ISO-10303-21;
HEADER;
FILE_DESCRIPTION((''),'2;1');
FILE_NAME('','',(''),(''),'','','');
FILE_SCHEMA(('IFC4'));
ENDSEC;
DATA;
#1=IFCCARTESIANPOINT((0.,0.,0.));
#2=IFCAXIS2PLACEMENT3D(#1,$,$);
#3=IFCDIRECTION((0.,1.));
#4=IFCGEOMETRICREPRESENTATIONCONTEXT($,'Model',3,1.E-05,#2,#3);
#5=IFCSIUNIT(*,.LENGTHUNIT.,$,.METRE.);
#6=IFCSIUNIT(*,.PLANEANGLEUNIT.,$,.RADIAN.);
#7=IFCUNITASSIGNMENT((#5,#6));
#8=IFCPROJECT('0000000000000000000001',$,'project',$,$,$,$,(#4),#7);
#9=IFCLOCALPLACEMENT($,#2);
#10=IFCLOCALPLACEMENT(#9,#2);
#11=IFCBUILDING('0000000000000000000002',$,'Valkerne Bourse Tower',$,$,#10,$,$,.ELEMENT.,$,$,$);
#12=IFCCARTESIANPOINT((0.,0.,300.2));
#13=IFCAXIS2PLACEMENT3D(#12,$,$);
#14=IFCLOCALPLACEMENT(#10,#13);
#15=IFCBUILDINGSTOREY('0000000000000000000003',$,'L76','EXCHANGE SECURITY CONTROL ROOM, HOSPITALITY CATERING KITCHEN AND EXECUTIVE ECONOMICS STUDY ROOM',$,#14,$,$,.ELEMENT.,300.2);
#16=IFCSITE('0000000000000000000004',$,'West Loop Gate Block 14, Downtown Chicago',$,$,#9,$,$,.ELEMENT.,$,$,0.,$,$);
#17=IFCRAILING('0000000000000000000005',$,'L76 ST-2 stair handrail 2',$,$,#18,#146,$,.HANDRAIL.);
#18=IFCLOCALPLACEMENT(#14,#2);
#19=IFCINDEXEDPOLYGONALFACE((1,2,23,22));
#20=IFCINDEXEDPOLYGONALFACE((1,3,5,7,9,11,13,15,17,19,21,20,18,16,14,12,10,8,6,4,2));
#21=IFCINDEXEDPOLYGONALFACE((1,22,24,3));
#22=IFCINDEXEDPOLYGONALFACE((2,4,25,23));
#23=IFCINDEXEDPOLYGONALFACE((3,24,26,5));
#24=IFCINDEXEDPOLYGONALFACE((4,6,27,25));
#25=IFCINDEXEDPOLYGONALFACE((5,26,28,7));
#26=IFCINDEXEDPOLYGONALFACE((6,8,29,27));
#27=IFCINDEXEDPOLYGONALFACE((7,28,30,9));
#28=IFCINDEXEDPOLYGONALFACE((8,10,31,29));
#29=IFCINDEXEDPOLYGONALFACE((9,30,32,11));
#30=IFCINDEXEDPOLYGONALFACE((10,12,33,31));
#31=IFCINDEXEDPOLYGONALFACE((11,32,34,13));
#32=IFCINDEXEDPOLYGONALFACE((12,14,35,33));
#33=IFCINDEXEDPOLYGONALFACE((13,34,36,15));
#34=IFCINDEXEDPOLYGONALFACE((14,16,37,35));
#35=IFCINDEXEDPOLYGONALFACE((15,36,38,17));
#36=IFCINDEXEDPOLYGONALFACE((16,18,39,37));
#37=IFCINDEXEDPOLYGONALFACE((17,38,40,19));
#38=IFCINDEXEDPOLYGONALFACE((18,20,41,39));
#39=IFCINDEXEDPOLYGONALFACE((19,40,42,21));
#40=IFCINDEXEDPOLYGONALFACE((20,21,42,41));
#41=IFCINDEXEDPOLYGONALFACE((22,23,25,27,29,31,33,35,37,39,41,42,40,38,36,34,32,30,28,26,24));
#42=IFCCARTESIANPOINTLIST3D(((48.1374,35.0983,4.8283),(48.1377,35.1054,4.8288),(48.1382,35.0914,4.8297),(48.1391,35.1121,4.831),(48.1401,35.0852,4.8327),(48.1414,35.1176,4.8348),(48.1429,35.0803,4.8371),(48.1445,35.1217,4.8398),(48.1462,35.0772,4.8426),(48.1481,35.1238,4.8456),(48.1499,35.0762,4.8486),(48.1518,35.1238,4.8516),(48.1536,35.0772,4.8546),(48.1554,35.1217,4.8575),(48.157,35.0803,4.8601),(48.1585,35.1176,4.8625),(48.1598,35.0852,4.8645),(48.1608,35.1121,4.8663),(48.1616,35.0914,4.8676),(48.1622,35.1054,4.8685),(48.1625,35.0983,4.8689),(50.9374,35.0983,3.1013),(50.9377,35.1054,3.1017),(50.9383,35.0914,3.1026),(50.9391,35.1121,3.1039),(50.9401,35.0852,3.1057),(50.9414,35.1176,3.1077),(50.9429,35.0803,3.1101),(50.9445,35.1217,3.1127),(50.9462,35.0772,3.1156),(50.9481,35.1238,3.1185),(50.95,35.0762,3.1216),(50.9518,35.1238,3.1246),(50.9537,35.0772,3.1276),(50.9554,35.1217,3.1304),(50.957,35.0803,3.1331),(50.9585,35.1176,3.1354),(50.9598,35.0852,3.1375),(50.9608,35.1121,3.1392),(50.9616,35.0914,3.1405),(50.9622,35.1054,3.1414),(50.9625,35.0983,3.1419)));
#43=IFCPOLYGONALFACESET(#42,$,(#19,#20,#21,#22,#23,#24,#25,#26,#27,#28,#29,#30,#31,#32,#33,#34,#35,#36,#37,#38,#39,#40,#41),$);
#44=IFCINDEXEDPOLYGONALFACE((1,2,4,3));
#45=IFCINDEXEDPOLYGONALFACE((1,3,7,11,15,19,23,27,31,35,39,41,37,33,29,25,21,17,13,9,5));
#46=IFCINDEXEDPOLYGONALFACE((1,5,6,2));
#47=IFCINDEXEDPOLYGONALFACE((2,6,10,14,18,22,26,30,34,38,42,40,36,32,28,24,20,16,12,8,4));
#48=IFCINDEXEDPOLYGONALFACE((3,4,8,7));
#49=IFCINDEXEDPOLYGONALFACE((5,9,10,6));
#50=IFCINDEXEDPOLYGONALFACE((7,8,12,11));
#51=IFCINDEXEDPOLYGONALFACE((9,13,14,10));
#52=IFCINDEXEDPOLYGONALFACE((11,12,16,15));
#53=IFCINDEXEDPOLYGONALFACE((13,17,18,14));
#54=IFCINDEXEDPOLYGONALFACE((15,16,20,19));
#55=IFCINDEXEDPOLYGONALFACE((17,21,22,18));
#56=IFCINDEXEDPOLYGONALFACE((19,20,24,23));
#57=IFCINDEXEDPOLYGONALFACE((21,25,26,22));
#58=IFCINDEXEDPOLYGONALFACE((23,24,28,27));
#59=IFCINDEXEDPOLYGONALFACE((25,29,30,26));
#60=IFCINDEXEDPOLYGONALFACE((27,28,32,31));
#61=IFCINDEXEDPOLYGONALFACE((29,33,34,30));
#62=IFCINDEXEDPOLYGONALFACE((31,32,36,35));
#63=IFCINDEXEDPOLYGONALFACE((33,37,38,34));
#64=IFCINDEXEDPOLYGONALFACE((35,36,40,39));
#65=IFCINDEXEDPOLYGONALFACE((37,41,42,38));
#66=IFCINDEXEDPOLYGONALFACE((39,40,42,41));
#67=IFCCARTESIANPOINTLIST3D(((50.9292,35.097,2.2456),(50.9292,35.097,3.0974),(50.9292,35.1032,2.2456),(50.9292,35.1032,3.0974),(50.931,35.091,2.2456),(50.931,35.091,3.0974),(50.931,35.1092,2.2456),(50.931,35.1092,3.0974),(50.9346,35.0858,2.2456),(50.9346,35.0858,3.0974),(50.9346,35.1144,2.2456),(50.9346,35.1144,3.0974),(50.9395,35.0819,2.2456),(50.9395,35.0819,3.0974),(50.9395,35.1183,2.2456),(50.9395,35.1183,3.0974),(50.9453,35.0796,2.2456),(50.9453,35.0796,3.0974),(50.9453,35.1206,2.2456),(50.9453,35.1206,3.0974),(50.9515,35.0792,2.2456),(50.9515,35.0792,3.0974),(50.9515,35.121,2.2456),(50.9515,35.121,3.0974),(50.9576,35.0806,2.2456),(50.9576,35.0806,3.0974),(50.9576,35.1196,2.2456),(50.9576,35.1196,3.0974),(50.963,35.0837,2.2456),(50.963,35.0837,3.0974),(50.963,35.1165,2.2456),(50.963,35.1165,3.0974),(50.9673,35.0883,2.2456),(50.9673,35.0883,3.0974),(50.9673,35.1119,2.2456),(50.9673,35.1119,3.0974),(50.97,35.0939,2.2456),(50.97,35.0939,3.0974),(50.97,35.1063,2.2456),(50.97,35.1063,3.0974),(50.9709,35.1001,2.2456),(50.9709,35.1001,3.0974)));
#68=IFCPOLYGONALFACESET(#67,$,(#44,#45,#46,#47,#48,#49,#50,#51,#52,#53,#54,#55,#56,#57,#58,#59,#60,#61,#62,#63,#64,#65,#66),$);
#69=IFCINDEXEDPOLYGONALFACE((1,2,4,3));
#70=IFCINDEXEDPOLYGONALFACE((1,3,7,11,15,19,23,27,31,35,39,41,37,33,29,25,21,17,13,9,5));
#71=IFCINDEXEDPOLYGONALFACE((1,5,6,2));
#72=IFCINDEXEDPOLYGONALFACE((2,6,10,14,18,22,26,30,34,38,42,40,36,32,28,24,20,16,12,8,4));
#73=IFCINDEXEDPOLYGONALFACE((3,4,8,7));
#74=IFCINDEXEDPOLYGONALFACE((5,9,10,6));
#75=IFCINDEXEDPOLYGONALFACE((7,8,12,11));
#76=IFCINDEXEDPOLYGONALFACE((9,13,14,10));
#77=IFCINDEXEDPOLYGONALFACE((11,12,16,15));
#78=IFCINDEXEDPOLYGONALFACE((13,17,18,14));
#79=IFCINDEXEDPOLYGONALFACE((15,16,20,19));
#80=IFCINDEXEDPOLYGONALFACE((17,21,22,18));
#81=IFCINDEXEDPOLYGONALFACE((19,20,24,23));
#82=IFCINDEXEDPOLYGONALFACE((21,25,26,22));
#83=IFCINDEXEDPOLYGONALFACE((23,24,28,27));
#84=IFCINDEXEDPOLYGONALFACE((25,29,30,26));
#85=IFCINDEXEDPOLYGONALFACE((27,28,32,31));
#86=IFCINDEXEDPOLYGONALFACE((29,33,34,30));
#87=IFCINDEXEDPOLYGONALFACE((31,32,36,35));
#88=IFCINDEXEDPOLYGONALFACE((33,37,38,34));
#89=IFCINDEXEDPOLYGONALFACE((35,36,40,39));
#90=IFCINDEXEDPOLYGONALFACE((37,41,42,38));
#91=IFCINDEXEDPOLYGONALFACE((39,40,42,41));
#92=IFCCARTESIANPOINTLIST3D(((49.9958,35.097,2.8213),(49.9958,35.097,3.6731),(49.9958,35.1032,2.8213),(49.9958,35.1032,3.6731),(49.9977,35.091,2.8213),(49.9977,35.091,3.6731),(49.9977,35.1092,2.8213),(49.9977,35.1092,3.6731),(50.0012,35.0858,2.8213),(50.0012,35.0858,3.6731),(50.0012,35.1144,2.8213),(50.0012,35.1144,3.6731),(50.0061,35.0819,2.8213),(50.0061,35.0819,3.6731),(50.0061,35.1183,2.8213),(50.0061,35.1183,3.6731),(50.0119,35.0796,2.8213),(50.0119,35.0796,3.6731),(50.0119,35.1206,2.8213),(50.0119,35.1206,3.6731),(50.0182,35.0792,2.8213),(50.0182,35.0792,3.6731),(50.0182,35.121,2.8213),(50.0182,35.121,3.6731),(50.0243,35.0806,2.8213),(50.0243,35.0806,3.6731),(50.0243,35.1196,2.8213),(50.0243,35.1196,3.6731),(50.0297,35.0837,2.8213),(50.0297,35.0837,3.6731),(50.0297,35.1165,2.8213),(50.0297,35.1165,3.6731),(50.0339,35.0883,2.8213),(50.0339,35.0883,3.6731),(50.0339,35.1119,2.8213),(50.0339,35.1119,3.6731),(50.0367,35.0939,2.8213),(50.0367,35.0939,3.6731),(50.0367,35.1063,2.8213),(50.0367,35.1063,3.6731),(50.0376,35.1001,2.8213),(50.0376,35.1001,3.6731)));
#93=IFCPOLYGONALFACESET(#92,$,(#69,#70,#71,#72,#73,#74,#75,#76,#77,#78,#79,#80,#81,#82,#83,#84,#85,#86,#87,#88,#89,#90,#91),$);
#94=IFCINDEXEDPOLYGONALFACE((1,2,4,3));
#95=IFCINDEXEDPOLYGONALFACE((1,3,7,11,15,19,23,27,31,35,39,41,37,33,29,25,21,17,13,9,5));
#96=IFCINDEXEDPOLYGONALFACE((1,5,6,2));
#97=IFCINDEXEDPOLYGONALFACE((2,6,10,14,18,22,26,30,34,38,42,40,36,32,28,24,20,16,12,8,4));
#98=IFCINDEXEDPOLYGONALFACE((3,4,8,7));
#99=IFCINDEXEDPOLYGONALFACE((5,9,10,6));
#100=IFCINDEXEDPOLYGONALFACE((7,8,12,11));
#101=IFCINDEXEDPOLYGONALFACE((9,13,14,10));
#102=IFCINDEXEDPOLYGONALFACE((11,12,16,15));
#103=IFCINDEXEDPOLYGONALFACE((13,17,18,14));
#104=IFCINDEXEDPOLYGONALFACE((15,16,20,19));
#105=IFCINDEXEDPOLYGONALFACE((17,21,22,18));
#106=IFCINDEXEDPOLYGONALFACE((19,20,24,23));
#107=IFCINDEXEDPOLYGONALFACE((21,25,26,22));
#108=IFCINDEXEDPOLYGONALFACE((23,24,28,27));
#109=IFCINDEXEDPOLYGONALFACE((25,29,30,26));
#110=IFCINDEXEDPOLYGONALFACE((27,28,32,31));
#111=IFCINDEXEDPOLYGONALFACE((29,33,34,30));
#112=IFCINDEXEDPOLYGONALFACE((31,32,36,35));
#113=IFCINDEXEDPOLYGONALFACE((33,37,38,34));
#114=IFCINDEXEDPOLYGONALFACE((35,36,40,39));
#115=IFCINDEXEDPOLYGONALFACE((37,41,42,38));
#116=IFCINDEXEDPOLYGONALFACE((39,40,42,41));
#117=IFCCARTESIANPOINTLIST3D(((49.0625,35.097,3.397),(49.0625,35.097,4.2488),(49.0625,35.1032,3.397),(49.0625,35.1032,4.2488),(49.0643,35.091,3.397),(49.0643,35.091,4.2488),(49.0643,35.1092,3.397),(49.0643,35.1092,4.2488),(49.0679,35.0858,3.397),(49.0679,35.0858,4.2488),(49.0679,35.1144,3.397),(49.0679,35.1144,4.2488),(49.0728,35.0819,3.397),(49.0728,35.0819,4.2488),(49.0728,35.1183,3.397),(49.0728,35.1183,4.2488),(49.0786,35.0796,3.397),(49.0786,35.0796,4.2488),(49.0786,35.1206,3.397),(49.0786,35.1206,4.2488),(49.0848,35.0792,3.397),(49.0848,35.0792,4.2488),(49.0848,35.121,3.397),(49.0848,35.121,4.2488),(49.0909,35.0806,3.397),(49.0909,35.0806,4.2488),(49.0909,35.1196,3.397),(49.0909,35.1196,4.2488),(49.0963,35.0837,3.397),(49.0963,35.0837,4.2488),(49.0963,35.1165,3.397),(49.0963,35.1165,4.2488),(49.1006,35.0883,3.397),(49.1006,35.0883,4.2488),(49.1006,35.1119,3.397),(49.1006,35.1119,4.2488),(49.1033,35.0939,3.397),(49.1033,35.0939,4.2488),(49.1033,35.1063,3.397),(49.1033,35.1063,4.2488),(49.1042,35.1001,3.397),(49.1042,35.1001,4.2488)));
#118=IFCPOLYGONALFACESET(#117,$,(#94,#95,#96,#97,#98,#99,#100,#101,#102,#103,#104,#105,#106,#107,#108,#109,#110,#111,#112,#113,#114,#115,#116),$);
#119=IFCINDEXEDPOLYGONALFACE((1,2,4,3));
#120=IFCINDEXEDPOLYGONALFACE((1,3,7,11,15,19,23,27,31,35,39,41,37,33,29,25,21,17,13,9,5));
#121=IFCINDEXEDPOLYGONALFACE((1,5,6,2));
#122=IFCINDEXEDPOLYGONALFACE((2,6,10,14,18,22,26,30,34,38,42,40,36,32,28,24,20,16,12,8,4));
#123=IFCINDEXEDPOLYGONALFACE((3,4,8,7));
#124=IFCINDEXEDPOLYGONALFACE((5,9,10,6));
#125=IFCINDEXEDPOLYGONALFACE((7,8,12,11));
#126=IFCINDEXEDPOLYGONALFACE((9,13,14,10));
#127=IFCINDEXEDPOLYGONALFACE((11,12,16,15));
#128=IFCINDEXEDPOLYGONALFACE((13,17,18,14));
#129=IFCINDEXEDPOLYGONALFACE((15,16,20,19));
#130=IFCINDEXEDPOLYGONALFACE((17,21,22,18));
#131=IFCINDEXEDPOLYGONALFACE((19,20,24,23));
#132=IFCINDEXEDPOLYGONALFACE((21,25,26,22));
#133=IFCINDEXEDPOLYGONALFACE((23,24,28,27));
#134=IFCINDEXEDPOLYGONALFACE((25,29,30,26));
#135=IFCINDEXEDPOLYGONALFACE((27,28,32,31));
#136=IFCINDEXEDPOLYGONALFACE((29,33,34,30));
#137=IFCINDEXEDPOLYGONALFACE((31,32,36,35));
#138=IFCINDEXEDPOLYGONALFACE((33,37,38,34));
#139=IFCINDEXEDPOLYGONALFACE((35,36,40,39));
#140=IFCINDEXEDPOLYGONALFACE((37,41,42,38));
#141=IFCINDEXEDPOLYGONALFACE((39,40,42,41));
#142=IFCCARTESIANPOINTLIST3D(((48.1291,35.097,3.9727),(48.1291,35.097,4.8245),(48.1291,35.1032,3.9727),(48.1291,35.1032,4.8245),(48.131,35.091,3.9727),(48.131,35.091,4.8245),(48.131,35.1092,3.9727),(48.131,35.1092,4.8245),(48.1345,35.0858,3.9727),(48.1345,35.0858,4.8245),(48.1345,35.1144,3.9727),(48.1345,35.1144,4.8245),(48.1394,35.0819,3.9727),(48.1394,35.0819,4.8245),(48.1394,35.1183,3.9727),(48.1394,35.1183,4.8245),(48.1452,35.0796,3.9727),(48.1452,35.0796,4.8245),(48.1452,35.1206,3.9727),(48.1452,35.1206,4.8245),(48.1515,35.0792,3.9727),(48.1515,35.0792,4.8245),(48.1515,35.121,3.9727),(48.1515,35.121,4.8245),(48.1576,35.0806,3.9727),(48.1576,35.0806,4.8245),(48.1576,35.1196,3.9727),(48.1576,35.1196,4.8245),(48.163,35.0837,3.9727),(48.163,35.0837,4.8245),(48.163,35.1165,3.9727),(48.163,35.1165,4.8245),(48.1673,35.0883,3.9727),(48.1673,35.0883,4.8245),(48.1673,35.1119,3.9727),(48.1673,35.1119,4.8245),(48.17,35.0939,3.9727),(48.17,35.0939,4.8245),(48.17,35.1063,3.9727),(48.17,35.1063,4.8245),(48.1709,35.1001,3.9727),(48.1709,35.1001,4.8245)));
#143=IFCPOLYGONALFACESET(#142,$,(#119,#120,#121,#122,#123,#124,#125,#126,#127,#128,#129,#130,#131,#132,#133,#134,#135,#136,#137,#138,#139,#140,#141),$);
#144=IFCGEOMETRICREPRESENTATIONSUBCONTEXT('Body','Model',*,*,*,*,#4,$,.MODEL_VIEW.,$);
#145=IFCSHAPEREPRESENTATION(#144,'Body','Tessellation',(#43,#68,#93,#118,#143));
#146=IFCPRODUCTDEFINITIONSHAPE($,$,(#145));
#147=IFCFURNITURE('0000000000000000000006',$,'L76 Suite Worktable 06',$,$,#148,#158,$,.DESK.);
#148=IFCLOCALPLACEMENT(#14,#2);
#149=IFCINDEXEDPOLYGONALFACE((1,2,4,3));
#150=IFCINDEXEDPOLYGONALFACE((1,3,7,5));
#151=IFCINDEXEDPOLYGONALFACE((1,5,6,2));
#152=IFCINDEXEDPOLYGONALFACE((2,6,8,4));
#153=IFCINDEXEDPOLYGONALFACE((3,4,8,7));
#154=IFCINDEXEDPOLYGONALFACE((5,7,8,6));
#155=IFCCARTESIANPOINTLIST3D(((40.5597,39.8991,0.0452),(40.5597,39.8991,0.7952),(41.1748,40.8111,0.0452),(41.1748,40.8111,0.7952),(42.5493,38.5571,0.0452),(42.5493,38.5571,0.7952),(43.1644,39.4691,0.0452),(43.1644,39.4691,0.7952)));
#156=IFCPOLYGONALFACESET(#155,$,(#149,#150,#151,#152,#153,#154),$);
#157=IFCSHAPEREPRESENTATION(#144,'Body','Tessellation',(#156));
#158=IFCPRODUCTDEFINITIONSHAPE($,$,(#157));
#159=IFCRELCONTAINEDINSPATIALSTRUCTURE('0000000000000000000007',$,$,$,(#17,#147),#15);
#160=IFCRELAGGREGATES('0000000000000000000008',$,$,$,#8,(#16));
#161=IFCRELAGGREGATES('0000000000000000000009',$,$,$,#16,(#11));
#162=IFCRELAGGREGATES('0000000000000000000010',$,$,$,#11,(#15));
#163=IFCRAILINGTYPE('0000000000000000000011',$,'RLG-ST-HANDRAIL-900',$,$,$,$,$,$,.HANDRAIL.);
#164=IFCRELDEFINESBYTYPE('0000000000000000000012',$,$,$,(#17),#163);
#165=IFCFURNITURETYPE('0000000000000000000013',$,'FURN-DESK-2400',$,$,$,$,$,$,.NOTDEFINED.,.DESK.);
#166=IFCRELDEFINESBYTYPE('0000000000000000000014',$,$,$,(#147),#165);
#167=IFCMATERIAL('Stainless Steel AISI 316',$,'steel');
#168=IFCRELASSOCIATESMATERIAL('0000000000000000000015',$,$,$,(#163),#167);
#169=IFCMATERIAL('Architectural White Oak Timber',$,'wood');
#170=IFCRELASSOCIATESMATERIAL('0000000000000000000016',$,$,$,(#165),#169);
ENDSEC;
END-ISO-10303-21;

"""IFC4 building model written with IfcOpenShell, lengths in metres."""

from ifc_helpers import new_model, si_unit, direction, frame, origin, origin_2d, place, context, subcontext, project, spatial, rectangle, circle, extrude, material, type_object, element, save


model = new_model("IFC4")

# Units and contexts
model_context = context("Model", 3, precision=1e-05, world=origin(), true_north=direction((0.0, 1.0)))
body_context = subcontext(model_context, "Body", "Model", "MODEL_VIEW")
ifc_project = project(units=[si_unit("LENGTHUNIT", "METRE"), si_unit("PLANEANGLEUNIT", "RADIAN")], contexts=[model_context])

# Site, building, storey
site_placement = place(None, origin())
site = spatial("IfcSite", under=ifc_project, at=site_placement, Name="West Loop Gate Block 14, Downtown Chicago", CompositionType="ELEMENT", RefElevation=0.0)
building_placement = place(site_placement, origin())
building = spatial("IfcBuilding", under=site, at=building_placement, Name="Valkerne Bourse Tower", CompositionType="ELEMENT")
storey_placement = place(building_placement, frame((0.0, 0.0, 300.2)))
storey = spatial("IfcBuildingStorey", under=building, at=storey_placement, Name="L76", Description="EXCHANGE SECURITY CONTROL ROOM, HOSPITALITY CATERING KITCHEN AND EXECUTIVE ECONOMICS STUDY ROOM", CompositionType="ELEMENT", Elevation=300.2)

# Railing
ifc_material_1 = material(Name="Stainless Steel AISI 316", Category="steel")
railing_type_1 = type_object("IfcRailingType", Name="RLG-ST-HANDRAIL-900", PredefinedType="HANDRAIL", material=ifc_material_1)
railing_1_placement = place(storey_placement, frame((50.95, 35.1001, 2.2456)))
element("IfcRailing", 1, at=railing_1_placement, inside=storey, type_object=railing_type_1, Name="L76 ST-2 stair handrail 2", PredefinedType="HANDRAIL", context=body_context, shape_type="SweptSolid", body=[
    extrude(circle(Radius=0.0239, at=origin_2d()), frame((0.0, 0.0, 0.876), z_axis=(-0.851123, 0.0, 0.524967), x_axis=(0.0, -1.0, 0.0)), (0.0, 0.0, 1.0), 3.2898),
    extrude(circle(Radius=0.021, at=origin_2d()), origin(), (0.0, 0.0, 1.0), 0.8518),
    extrude(circle(Radius=0.021, at=origin_2d()), frame((-0.9333, 0.0, 0.5757)), (0.0, 0.0, 1.0), 0.8518),
    extrude(circle(Radius=0.021, at=origin_2d()), frame((-1.8667, 0.0, 1.1514)), (0.0, 0.0, 1.0), 0.8518),
    extrude(circle(Radius=0.021, at=origin_2d()), frame((-2.8, 0.0, 1.7271)), (0.0, 0.0, 1.0), 0.8518),
])

# Furniture
ifc_material_2 = material(Name="Architectural White Oak Timber", Category="wood")
furniture_type = type_object("IfcFurnitureType", Name="FURN-DESK-2400", AssemblyPlace="NOTDEFINED", PredefinedType="DESK", material=ifc_material_2)
furniture_placement = place(storey_placement, frame((41.8621, 39.6841, 0.0452), z_axis=(0.0, 0.0, 1.0), x_axis=(-0.829038, 0.559193, 0.0)))
element("IfcFurniture", 2, at=furniture_placement, inside=storey, type_object=furniture_type, Name="L76 Suite Worktable 06", PredefinedType="DESK", context=body_context, shape_type="SweptSolid", body=[
    extrude(rectangle(XDim=2.3999, YDim=1.1001, at=origin_2d()), origin(), (0.0, 0.0, 1.0), 0.75),
])

save(model, "model.ifc")
